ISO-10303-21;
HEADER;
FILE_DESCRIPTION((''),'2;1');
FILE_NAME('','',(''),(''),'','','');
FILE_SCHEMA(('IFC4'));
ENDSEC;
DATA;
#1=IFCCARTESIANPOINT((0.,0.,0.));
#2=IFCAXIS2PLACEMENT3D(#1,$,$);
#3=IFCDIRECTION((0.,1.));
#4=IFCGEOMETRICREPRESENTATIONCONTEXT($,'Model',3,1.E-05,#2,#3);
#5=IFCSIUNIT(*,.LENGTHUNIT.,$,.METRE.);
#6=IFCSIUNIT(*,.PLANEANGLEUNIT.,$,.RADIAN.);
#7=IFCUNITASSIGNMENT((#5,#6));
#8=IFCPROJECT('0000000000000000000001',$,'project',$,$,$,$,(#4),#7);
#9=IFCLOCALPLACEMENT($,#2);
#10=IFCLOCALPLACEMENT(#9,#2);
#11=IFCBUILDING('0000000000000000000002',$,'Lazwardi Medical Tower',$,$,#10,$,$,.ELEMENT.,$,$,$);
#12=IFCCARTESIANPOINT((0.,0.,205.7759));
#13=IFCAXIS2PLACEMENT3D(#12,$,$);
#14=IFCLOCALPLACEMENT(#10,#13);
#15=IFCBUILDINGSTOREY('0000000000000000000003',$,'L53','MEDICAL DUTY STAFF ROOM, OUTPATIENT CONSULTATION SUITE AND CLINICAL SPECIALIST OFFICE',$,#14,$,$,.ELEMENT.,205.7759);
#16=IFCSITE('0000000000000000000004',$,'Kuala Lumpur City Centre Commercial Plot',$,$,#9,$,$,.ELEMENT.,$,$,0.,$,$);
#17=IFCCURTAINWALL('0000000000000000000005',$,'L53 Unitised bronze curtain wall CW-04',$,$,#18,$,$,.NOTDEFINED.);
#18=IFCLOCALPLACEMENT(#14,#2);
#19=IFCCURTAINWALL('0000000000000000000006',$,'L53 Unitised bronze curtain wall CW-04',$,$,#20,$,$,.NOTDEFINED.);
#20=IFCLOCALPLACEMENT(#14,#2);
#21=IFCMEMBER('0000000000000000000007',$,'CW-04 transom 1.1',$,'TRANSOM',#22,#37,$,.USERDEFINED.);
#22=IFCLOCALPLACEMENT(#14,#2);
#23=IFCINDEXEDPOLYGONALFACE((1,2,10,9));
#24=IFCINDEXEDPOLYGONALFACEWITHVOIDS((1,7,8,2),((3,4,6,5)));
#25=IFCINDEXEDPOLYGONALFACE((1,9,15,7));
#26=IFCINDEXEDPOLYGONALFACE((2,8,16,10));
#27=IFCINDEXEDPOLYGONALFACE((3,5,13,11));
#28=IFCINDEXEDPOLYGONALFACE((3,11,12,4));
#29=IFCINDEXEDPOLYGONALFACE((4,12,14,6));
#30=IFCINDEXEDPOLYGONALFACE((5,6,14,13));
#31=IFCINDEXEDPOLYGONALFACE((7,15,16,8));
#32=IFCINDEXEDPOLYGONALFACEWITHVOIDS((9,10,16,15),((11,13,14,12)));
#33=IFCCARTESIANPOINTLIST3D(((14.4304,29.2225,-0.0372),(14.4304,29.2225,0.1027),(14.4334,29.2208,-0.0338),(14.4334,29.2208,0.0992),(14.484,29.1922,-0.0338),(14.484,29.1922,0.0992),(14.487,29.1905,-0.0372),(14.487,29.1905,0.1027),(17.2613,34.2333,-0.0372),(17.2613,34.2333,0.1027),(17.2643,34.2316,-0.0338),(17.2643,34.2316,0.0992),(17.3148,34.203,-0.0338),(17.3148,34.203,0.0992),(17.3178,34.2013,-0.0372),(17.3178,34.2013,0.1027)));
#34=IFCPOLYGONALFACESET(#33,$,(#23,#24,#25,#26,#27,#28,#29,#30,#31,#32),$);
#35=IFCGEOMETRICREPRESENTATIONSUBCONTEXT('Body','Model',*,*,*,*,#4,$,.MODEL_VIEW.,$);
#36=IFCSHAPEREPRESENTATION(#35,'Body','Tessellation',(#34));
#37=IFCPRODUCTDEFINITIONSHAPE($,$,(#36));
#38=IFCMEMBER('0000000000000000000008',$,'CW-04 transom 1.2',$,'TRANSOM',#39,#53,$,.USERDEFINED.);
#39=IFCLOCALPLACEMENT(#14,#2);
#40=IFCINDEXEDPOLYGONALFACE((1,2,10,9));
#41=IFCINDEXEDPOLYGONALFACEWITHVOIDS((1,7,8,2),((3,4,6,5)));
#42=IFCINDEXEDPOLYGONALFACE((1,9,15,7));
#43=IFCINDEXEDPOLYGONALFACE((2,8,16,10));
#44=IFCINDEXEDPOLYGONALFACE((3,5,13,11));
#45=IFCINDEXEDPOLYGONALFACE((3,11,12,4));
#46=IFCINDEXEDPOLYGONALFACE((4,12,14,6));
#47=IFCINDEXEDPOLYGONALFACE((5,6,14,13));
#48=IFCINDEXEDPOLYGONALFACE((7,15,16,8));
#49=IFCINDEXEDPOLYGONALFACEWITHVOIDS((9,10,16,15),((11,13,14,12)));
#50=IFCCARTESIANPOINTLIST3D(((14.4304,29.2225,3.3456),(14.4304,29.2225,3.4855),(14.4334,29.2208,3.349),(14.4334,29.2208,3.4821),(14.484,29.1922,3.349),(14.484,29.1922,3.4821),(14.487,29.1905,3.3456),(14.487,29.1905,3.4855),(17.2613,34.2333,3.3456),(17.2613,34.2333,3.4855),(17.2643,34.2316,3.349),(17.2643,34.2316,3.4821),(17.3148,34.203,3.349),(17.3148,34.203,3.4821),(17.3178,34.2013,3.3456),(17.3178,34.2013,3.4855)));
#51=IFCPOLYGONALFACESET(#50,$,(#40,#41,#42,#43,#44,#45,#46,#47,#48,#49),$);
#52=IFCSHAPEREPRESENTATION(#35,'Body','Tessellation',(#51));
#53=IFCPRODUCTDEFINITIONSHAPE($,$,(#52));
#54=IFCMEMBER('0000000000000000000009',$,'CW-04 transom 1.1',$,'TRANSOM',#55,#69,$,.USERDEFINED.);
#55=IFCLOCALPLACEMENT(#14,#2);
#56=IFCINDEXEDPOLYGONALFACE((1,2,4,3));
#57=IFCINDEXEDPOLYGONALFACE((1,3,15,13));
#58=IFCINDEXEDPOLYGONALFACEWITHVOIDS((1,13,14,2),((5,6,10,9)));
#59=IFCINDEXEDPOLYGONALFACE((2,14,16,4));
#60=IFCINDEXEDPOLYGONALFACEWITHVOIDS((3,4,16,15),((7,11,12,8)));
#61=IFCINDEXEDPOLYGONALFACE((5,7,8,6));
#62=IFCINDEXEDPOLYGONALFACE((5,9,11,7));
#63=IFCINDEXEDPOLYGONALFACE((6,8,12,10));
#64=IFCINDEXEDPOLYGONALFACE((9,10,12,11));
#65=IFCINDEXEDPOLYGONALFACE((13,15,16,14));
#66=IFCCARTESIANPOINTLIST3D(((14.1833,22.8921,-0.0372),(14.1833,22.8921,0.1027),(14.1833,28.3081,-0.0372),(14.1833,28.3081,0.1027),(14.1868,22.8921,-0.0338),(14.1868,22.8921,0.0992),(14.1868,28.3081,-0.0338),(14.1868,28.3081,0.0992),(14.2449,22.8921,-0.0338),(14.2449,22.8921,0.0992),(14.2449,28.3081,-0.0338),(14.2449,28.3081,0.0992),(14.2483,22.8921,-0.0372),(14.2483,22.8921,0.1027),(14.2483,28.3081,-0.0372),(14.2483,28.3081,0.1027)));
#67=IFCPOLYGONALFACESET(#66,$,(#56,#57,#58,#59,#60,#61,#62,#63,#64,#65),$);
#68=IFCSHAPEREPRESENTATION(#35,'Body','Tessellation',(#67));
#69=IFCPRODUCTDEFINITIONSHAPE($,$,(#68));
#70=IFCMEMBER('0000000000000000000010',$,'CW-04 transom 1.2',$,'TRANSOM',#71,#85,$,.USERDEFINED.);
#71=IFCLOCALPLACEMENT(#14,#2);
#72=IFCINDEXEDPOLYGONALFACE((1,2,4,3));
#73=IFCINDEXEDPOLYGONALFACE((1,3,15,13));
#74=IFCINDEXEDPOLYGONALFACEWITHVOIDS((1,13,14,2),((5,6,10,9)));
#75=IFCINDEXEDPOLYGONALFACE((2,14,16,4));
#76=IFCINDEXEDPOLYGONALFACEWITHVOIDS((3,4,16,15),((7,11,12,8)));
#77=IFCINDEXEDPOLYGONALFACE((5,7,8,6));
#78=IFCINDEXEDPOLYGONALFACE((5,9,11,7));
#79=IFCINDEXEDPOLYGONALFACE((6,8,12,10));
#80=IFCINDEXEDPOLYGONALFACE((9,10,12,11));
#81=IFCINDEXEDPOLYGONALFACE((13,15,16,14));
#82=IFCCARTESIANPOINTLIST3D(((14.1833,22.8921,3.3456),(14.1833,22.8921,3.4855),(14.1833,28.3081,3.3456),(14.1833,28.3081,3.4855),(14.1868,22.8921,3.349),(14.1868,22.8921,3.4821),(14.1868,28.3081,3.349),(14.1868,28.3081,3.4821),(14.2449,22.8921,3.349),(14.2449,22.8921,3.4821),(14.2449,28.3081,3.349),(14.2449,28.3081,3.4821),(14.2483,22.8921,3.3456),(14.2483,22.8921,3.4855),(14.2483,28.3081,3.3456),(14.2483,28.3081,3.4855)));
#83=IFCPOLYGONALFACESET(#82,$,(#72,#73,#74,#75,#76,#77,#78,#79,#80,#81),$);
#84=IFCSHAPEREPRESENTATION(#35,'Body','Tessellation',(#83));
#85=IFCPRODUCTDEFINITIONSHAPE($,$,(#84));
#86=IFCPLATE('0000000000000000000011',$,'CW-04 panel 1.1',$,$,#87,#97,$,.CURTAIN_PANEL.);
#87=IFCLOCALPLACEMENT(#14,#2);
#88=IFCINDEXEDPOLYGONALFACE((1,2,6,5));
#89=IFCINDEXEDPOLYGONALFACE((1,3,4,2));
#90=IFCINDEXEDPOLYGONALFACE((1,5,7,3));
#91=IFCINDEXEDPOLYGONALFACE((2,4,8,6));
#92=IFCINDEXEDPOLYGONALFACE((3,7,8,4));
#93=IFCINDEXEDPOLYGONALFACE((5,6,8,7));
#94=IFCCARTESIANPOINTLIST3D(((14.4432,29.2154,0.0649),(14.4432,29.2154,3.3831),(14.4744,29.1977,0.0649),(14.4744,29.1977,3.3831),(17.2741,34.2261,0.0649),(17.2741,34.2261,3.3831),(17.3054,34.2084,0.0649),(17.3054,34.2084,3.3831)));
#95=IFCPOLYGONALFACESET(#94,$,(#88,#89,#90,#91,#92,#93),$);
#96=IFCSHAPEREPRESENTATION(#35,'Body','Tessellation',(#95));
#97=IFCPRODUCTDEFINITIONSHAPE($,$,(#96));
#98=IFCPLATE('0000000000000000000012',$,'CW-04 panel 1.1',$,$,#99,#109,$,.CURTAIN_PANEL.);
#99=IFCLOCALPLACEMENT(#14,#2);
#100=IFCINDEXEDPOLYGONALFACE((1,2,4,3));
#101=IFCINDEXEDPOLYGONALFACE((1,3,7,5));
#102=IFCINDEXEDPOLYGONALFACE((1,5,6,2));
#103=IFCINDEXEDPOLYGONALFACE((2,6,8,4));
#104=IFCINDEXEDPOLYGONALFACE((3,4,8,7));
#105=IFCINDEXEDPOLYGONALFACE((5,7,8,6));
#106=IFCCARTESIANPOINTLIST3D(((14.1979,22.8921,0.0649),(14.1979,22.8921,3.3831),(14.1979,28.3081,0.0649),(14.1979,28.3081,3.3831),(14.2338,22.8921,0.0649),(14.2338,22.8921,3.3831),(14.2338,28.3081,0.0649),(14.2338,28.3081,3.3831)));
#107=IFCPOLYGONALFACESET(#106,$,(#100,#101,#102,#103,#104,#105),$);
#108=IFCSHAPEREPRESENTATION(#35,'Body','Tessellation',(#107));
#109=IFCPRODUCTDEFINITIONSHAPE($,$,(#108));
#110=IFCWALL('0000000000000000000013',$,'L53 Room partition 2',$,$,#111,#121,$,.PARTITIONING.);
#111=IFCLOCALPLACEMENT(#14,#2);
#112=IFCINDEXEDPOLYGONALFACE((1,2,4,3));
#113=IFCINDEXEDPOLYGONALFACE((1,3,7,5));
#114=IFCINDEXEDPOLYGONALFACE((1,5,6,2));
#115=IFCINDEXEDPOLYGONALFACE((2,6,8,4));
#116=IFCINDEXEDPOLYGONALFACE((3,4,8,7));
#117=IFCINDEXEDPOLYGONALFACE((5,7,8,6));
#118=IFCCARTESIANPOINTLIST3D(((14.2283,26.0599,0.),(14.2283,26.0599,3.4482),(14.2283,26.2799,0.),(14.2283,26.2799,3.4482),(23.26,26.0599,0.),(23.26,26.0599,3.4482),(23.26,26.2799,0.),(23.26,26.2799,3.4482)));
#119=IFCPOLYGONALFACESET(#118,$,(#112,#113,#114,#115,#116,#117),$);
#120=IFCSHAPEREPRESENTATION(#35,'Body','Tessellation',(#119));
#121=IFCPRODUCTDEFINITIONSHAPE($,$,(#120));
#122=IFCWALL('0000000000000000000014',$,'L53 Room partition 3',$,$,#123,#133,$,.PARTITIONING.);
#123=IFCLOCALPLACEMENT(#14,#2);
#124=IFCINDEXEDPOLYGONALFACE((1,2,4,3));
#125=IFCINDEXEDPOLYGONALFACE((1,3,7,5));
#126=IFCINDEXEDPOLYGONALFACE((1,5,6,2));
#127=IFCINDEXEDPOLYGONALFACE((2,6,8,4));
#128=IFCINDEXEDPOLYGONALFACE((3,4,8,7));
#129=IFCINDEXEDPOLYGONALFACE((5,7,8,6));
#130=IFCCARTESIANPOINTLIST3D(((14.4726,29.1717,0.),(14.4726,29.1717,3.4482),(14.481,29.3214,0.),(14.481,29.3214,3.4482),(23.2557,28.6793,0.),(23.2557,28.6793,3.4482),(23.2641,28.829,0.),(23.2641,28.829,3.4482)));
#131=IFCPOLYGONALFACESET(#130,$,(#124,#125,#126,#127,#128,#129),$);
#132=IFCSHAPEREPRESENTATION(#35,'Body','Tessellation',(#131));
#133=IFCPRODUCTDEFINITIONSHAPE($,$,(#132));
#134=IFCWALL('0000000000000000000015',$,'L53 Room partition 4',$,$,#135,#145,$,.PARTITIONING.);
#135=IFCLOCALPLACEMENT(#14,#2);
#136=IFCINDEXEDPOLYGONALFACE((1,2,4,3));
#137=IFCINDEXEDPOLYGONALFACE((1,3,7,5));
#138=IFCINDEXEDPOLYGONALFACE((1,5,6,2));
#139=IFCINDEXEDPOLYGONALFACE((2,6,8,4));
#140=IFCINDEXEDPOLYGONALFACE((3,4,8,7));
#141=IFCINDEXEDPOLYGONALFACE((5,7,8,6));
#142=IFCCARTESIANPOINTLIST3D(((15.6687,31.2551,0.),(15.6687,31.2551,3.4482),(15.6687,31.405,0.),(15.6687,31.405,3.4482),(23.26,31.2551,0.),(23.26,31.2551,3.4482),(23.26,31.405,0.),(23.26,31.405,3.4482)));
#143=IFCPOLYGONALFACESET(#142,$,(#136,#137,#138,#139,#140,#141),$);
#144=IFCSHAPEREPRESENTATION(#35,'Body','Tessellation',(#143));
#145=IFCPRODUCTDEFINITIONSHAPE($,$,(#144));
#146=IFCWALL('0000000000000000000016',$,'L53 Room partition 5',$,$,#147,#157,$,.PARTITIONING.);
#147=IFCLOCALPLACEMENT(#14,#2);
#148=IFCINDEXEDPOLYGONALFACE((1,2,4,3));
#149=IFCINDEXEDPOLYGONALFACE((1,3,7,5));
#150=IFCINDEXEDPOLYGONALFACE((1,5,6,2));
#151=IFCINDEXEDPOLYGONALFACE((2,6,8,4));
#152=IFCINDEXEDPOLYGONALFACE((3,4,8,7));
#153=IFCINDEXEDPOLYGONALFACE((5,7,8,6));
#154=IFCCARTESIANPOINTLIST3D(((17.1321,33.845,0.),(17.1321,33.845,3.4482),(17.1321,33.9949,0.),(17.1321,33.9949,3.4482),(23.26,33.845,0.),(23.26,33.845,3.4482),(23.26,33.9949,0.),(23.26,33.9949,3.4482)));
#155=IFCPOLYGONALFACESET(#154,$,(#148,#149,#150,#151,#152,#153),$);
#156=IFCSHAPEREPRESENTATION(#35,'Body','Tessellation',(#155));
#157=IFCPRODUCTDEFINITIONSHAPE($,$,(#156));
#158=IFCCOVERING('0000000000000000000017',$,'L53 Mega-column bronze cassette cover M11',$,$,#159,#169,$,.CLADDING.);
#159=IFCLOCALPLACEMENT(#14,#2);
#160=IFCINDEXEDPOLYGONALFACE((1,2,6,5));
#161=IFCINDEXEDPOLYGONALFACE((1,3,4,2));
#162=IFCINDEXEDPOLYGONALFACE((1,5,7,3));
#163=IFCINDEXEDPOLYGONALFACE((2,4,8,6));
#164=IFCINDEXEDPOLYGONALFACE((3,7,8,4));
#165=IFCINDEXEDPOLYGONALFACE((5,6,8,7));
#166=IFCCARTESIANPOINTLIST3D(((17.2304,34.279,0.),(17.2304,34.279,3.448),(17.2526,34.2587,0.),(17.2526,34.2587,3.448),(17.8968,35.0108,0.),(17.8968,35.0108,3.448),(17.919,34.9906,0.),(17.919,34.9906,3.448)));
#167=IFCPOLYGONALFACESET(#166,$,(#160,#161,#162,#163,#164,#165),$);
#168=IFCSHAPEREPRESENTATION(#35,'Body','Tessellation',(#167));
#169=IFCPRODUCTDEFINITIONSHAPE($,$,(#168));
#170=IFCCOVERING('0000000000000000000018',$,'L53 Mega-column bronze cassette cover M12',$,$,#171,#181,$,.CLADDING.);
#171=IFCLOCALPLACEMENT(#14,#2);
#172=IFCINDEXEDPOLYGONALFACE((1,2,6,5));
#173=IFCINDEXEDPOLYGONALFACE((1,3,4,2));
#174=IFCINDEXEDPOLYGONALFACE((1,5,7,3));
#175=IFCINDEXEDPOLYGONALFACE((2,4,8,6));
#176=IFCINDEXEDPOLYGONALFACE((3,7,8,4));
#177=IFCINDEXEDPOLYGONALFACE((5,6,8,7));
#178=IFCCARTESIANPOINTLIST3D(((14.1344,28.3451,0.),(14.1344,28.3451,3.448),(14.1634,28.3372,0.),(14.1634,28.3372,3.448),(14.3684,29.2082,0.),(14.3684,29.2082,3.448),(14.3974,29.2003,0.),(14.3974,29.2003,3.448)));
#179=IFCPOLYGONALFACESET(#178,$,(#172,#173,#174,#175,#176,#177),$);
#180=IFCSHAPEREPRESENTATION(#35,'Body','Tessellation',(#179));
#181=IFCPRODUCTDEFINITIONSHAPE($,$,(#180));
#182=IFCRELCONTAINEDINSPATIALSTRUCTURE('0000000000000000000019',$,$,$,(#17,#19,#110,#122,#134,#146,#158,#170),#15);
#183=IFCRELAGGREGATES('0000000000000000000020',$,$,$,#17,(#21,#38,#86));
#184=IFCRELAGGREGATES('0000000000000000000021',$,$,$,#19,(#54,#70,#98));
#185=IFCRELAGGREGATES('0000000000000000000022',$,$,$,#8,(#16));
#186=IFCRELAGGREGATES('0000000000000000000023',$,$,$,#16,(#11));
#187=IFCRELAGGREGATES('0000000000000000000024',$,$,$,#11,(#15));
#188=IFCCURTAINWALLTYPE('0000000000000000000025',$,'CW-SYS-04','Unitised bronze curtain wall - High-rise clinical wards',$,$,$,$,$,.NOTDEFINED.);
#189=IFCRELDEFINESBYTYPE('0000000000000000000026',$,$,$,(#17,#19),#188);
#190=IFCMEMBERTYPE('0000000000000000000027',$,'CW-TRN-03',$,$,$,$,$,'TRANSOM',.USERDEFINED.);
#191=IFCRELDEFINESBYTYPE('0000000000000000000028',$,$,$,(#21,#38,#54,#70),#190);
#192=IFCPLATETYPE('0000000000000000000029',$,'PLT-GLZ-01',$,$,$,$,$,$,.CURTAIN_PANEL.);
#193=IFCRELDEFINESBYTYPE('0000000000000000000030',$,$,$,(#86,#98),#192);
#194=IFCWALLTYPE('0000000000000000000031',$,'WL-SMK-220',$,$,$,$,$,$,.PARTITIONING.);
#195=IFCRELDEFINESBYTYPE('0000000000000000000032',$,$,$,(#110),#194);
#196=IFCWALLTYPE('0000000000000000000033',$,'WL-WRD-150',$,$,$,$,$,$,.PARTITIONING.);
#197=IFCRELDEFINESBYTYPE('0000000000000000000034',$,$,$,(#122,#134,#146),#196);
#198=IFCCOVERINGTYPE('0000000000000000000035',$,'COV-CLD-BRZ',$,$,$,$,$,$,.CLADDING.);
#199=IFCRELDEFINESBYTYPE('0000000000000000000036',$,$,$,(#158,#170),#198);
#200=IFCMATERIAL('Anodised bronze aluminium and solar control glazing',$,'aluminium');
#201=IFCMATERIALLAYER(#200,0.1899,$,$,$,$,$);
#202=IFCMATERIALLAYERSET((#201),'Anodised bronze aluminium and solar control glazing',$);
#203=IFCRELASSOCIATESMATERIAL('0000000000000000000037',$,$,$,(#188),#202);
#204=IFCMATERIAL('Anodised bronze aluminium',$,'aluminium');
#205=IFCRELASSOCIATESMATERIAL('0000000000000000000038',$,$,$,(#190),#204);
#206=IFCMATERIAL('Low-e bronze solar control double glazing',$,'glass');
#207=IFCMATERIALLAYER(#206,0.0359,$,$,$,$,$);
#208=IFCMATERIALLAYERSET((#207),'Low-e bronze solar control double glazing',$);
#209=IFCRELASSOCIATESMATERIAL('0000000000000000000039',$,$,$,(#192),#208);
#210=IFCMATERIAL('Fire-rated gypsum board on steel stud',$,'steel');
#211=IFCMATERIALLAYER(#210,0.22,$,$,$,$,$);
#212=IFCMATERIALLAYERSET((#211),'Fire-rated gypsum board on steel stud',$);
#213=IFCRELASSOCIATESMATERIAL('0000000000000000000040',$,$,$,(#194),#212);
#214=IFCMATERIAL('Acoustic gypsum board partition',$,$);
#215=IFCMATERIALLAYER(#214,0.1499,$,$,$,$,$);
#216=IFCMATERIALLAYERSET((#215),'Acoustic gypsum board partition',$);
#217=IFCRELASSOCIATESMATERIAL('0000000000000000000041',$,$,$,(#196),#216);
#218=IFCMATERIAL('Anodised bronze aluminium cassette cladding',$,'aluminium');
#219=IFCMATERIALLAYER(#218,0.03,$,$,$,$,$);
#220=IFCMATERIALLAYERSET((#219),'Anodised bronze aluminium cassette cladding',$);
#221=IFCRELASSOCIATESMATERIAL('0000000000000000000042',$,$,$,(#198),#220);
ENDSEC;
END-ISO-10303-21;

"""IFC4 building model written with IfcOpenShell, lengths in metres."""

from ifc_helpers import new_model, si_unit, direction, frame, frame_2d, origin, origin_2d, place, context, subcontext, project, spatial, rectangle, hollow_rectangle, extrude, material, layer, layer_set, material_profile, profile_set, type_object, element, aggregate, save


model = new_model("IFC4")

# Units and contexts
model_context = context("Model", 3, precision=1e-05, world=origin(), true_north=direction((0.0, 1.0)))
body_context = subcontext(model_context, "Body", "Model", "MODEL_VIEW")
ifc_project = project(units=[si_unit("LENGTHUNIT", "METRE"), si_unit("PLANEANGLEUNIT", "RADIAN")], contexts=[model_context])

# Site, building, storey
site_placement = place(None, origin())
site = spatial("IfcSite", under=ifc_project, at=site_placement, Name="Kuala Lumpur City Centre Commercial Plot", CompositionType="ELEMENT", RefElevation=0.0)
building_placement = place(site_placement, origin())
building = spatial("IfcBuilding", under=site, at=building_placement, Name="Lazwardi Medical Tower", CompositionType="ELEMENT")
storey_placement = place(building_placement, frame((0.0, 0.0, 205.7759)))
storey = spatial("IfcBuildingStorey", under=building, at=storey_placement, Name="L53", Description="MEDICAL DUTY STAFF ROOM, OUTPATIENT CONSULTATION SUITE AND CLINICAL SPECIALIST OFFICE", CompositionType="ELEMENT", Elevation=205.7759)

# Shared definitions
ifc_material_1 = material(Name="Anodised bronze aluminium and solar control glazing", Category="aluminium")
ifc_layer_1 = layer(ifc_material_1, 0.1899)
ifc_layer_set_1 = layer_set([ifc_layer_1], Name="Anodised bronze aluminium and solar control glazing")
curtain_wall_type = type_object("IfcCurtainWallType", Name="CW-SYS-04", Description="Unitised bronze curtain wall - High-rise clinical wards", PredefinedType="NOTDEFINED", material=ifc_layer_set_1)
ifc_material_2 = material(Name="Anodised bronze aluminium", Category="aluminium")

# Curtain wall
curtain_wall_1_placement = place(storey_placement, origin())
curtain_wall_1 = element("IfcCurtainWall", 1, at=curtain_wall_1_placement, inside=storey, type_object=curtain_wall_type, Name="L53 Unitised bronze curtain wall CW-04", PredefinedType="NOTDEFINED")

# Curtain wall
curtain_wall_2_placement = place(storey_placement, origin())
curtain_wall_2 = element("IfcCurtainWall", 2, at=curtain_wall_2_placement, inside=storey, type_object=curtain_wall_type, Name="L53 Unitised bronze curtain wall CW-04", PredefinedType="NOTDEFINED")

# Members
ifc_material_profile_1 = material_profile(ifc_material_2, hollow_rectangle(XDim=0.0649, YDim=0.1399, WallThickness=0.0034, at=origin_2d()), Name="ALU-TRANSOM 140x65x3.5")
ifc_profile_set_1 = profile_set([ifc_material_profile_1], Name="Anodised bronze aluminium")
member_type_1 = type_object("IfcMemberType", Name="CW-TRN-03", ElementType="TRANSOM", PredefinedType="USERDEFINED", material=ifc_profile_set_1)
member_1_placement = place(storey_placement, frame((17.2896, 34.2173, 0.0327), z_axis=(-0.49188, -0.870663, 0.0), x_axis=(0.870663, -0.49188, 0.0)))
member_1 = element("IfcMember", 3, at=member_1_placement, type_object=member_type_1, Name="CW-04 transom 1.1", ObjectType="TRANSOM", PredefinedType="USERDEFINED", context=body_context, shape_type="SweptSolid", body=[
    extrude(hollow_rectangle(XDim=0.0649, YDim=0.1399, WallThickness=0.0034, at=origin_2d()), origin(), (0.0, 0.0, 1.0), 5.7551),
])
member_2_placement = place(storey_placement, frame((17.2896, 34.2173, 3.4155), z_axis=(-0.49188, -0.870663, 0.0), x_axis=(0.870663, -0.49188, 0.0)))
member_2 = element("IfcMember", 4, at=member_2_placement, type_object=member_type_1, Name="CW-04 transom 1.2", ObjectType="TRANSOM", PredefinedType="USERDEFINED", context=body_context, shape_type="SweptSolid", body=[
    extrude(hollow_rectangle(XDim=0.0649, YDim=0.1399, WallThickness=0.0034, at=origin_2d()), origin(), (0.0, 0.0, 1.0), 5.7551),
])
member_3_placement = place(storey_placement, frame((14.2158, 28.3081, 0.0327), z_axis=(0.0, -1.0, 0.0), x_axis=(1.0, 0.0, 0.0)))
member_3 = element("IfcMember", 5, at=member_3_placement, type_object=member_type_1, Name="CW-04 transom 1.1", ObjectType="TRANSOM", PredefinedType="USERDEFINED", context=body_context, shape_type="SweptSolid", body=[
    extrude(hollow_rectangle(XDim=0.0649, YDim=0.1399, WallThickness=0.0034, at=origin_2d()), origin(), (0.0, 0.0, 1.0), 5.416),
])
member_4_placement = place(storey_placement, frame((14.2158, 28.3081, 3.4155), z_axis=(0.0, -1.0, 0.0), x_axis=(1.0, 0.0, 0.0)))
member_4 = element("IfcMember", 6, at=member_4_placement, type_object=member_type_1, Name="CW-04 transom 1.2", ObjectType="TRANSOM", PredefinedType="USERDEFINED", context=body_context, shape_type="SweptSolid", body=[
    extrude(hollow_rectangle(XDim=0.0649, YDim=0.1399, WallThickness=0.0034, at=origin_2d()), origin(), (0.0, 0.0, 1.0), 5.416),
])

# Plates
ifc_material_3 = material(Name="Low-e bronze solar control double glazing", Category="glass")
ifc_layer_2 = layer(ifc_material_3, 0.0359)
ifc_layer_set_2 = layer_set([ifc_layer_2], Name="Low-e bronze solar control double glazing")
plate_type = type_object("IfcPlateType", Name="PLT-GLZ-01", PredefinedType="CURTAIN_PANEL", material=ifc_layer_set_2)
plate_1_placement = place(storey_placement, frame((15.8743, 31.7119, 0.0649), z_axis=(0.0, 0.0, 1.0), x_axis=(-0.4919, -0.870651, 0.0)))
plate_1 = element("IfcPlate", 7, at=plate_1_placement, type_object=plate_type, Name="CW-04 panel 1.1", PredefinedType="CURTAIN_PANEL", context=body_context, shape_type="SweptSolid", body=[
    extrude(rectangle(XDim=5.7551, YDim=0.0359, at=origin_2d()), origin(), (0.0, 0.0, 1.0), 3.3181),
])
aggregate(curtain_wall_1, [member_1, member_2, plate_1])
plate_2_placement = place(storey_placement, frame((14.2158, 25.6001, 0.0649), z_axis=(0.0, 0.0, 1.0), x_axis=(0.0, -1.0, 0.0)))
plate_2 = element("IfcPlate", 8, at=plate_2_placement, type_object=plate_type, Name="CW-04 panel 1.1", PredefinedType="CURTAIN_PANEL", context=body_context, shape_type="SweptSolid", body=[
    extrude(rectangle(XDim=5.416, YDim=0.0359, at=origin_2d()), origin(), (0.0, 0.0, 1.0), 3.3181),
])
aggregate(curtain_wall_2, [member_3, member_4, plate_2])

# Walls
ifc_material_4 = material(Name="Fire-rated gypsum board on steel stud", Category="steel")
ifc_layer_3 = layer(ifc_material_4, 0.22)
ifc_layer_set_3 = layer_set([ifc_layer_3], Name="Fire-rated gypsum board on steel stud")
wall_type_1 = type_object("IfcWallType", Name="WL-SMK-220", PredefinedType="PARTITIONING", material=ifc_layer_set_3)
wall_1_placement = place(storey_placement, frame((14.2283, 26.1699, 0.0), z_axis=(0.0, 0.0, 1.0), x_axis=(1.0, 0.0, 0.0)))
element("IfcWall", 9, at=wall_1_placement, inside=storey, type_object=wall_type_1, Name="L53 Room partition 2", PredefinedType="PARTITIONING", context=body_context, shape_type="SweptSolid", body=[
    extrude(rectangle(XDim=9.0317, YDim=0.22, at=frame_2d((4.5159, 0.0))), origin(), (0.0, 0.0, 1.0), 3.4482),
])
ifc_material_5 = material(Name="Acoustic gypsum board partition")
ifc_layer_4 = layer(ifc_material_5, 0.1499)
ifc_layer_set_4 = layer_set([ifc_layer_4], Name="Acoustic gypsum board partition")
wall_type_2 = type_object("IfcWallType", Name="WL-WRD-150", PredefinedType="PARTITIONING", material=ifc_layer_set_4)
wall_2_placement = place(storey_placement, frame((14.4768, 29.2466, 0.0), z_axis=(0.0, 0.0, 1.0), x_axis=(0.998432, -0.055977, 0.0)))
element("IfcWall", 10, at=wall_2_placement, inside=storey, type_object=wall_type_2, Name="L53 Room partition 3", PredefinedType="PARTITIONING", context=body_context, shape_type="SweptSolid", body=[
    extrude(rectangle(XDim=8.7969, YDim=0.1499, at=frame_2d((4.3984, 0.0))), origin(), (0.0, 0.0, 1.0), 3.4482),
])
wall_3_placement = place(storey_placement, frame((15.6687, 31.3301, 0.0), z_axis=(0.0, 0.0, 1.0), x_axis=(1.0, 0.0, 0.0)))
element("IfcWall", 11, at=wall_3_placement, inside=storey, type_object=wall_type_2, Name="L53 Room partition 4", PredefinedType="PARTITIONING", context=body_context, shape_type="SweptSolid", body=[
    extrude(rectangle(XDim=7.5913, YDim=0.1499, at=frame_2d((3.7957, 0.0))), origin(), (0.0, 0.0, 1.0), 3.4482),
])
wall_4_placement = place(storey_placement, frame((17.1321, 33.9199, 0.0), z_axis=(0.0, 0.0, 1.0), x_axis=(1.0, 0.0, 0.0)))
element("IfcWall", 12, at=wall_4_placement, inside=storey, type_object=wall_type_2, Name="L53 Room partition 5", PredefinedType="PARTITIONING", context=body_context, shape_type="SweptSolid", body=[
    extrude(rectangle(XDim=6.1279, YDim=0.1499, at=frame_2d((3.064, 0.0))), origin(), (0.0, 0.0, 1.0), 3.4482),
])

# Coverings
ifc_material_6 = material(Name="Anodised bronze aluminium cassette cladding", Category="aluminium")
ifc_layer_5 = layer(ifc_material_6, 0.03)
ifc_layer_set_5 = layer_set([ifc_layer_5], Name="Anodised bronze aluminium cassette cladding")
covering_type = type_object("IfcCoveringType", Name="COV-CLD-BRZ", PredefinedType="CLADDING", material=ifc_layer_set_5)
covering_1_placement = place(storey_placement, frame((17.5747, 34.6348, 0.0), z_axis=(0.0, 0.0, 1.0), x_axis=(-0.673241, -0.739423, 0.0)))
element("IfcCovering", 13, at=covering_1_placement, inside=storey, type_object=covering_type, Name="L53 Mega-column bronze cassette cover M11", PredefinedType="CLADDING", context=body_context, shape_type="SweptSolid", body=[
    extrude(rectangle(XDim=0.9897, YDim=0.03, at=origin_2d()), origin(), (0.0, 0.0, 1.0), 3.448),
])
covering_2_placement = place(storey_placement, frame((14.2659, 28.7727, 0.0), z_axis=(0.0, 0.0, 1.0), x_axis=(-0.261642, -0.965165, 0.0)))
element("IfcCovering", 14, at=covering_2_placement, inside=storey, type_object=covering_type, Name="L53 Mega-column bronze cassette cover M12", PredefinedType="CLADDING", context=body_context, shape_type="SweptSolid", body=[
    extrude(rectangle(XDim=0.8943, YDim=0.03, at=origin_2d()), origin(), (0.0, 0.0, 1.0), 3.448),
])

save(model, "model.ifc")
